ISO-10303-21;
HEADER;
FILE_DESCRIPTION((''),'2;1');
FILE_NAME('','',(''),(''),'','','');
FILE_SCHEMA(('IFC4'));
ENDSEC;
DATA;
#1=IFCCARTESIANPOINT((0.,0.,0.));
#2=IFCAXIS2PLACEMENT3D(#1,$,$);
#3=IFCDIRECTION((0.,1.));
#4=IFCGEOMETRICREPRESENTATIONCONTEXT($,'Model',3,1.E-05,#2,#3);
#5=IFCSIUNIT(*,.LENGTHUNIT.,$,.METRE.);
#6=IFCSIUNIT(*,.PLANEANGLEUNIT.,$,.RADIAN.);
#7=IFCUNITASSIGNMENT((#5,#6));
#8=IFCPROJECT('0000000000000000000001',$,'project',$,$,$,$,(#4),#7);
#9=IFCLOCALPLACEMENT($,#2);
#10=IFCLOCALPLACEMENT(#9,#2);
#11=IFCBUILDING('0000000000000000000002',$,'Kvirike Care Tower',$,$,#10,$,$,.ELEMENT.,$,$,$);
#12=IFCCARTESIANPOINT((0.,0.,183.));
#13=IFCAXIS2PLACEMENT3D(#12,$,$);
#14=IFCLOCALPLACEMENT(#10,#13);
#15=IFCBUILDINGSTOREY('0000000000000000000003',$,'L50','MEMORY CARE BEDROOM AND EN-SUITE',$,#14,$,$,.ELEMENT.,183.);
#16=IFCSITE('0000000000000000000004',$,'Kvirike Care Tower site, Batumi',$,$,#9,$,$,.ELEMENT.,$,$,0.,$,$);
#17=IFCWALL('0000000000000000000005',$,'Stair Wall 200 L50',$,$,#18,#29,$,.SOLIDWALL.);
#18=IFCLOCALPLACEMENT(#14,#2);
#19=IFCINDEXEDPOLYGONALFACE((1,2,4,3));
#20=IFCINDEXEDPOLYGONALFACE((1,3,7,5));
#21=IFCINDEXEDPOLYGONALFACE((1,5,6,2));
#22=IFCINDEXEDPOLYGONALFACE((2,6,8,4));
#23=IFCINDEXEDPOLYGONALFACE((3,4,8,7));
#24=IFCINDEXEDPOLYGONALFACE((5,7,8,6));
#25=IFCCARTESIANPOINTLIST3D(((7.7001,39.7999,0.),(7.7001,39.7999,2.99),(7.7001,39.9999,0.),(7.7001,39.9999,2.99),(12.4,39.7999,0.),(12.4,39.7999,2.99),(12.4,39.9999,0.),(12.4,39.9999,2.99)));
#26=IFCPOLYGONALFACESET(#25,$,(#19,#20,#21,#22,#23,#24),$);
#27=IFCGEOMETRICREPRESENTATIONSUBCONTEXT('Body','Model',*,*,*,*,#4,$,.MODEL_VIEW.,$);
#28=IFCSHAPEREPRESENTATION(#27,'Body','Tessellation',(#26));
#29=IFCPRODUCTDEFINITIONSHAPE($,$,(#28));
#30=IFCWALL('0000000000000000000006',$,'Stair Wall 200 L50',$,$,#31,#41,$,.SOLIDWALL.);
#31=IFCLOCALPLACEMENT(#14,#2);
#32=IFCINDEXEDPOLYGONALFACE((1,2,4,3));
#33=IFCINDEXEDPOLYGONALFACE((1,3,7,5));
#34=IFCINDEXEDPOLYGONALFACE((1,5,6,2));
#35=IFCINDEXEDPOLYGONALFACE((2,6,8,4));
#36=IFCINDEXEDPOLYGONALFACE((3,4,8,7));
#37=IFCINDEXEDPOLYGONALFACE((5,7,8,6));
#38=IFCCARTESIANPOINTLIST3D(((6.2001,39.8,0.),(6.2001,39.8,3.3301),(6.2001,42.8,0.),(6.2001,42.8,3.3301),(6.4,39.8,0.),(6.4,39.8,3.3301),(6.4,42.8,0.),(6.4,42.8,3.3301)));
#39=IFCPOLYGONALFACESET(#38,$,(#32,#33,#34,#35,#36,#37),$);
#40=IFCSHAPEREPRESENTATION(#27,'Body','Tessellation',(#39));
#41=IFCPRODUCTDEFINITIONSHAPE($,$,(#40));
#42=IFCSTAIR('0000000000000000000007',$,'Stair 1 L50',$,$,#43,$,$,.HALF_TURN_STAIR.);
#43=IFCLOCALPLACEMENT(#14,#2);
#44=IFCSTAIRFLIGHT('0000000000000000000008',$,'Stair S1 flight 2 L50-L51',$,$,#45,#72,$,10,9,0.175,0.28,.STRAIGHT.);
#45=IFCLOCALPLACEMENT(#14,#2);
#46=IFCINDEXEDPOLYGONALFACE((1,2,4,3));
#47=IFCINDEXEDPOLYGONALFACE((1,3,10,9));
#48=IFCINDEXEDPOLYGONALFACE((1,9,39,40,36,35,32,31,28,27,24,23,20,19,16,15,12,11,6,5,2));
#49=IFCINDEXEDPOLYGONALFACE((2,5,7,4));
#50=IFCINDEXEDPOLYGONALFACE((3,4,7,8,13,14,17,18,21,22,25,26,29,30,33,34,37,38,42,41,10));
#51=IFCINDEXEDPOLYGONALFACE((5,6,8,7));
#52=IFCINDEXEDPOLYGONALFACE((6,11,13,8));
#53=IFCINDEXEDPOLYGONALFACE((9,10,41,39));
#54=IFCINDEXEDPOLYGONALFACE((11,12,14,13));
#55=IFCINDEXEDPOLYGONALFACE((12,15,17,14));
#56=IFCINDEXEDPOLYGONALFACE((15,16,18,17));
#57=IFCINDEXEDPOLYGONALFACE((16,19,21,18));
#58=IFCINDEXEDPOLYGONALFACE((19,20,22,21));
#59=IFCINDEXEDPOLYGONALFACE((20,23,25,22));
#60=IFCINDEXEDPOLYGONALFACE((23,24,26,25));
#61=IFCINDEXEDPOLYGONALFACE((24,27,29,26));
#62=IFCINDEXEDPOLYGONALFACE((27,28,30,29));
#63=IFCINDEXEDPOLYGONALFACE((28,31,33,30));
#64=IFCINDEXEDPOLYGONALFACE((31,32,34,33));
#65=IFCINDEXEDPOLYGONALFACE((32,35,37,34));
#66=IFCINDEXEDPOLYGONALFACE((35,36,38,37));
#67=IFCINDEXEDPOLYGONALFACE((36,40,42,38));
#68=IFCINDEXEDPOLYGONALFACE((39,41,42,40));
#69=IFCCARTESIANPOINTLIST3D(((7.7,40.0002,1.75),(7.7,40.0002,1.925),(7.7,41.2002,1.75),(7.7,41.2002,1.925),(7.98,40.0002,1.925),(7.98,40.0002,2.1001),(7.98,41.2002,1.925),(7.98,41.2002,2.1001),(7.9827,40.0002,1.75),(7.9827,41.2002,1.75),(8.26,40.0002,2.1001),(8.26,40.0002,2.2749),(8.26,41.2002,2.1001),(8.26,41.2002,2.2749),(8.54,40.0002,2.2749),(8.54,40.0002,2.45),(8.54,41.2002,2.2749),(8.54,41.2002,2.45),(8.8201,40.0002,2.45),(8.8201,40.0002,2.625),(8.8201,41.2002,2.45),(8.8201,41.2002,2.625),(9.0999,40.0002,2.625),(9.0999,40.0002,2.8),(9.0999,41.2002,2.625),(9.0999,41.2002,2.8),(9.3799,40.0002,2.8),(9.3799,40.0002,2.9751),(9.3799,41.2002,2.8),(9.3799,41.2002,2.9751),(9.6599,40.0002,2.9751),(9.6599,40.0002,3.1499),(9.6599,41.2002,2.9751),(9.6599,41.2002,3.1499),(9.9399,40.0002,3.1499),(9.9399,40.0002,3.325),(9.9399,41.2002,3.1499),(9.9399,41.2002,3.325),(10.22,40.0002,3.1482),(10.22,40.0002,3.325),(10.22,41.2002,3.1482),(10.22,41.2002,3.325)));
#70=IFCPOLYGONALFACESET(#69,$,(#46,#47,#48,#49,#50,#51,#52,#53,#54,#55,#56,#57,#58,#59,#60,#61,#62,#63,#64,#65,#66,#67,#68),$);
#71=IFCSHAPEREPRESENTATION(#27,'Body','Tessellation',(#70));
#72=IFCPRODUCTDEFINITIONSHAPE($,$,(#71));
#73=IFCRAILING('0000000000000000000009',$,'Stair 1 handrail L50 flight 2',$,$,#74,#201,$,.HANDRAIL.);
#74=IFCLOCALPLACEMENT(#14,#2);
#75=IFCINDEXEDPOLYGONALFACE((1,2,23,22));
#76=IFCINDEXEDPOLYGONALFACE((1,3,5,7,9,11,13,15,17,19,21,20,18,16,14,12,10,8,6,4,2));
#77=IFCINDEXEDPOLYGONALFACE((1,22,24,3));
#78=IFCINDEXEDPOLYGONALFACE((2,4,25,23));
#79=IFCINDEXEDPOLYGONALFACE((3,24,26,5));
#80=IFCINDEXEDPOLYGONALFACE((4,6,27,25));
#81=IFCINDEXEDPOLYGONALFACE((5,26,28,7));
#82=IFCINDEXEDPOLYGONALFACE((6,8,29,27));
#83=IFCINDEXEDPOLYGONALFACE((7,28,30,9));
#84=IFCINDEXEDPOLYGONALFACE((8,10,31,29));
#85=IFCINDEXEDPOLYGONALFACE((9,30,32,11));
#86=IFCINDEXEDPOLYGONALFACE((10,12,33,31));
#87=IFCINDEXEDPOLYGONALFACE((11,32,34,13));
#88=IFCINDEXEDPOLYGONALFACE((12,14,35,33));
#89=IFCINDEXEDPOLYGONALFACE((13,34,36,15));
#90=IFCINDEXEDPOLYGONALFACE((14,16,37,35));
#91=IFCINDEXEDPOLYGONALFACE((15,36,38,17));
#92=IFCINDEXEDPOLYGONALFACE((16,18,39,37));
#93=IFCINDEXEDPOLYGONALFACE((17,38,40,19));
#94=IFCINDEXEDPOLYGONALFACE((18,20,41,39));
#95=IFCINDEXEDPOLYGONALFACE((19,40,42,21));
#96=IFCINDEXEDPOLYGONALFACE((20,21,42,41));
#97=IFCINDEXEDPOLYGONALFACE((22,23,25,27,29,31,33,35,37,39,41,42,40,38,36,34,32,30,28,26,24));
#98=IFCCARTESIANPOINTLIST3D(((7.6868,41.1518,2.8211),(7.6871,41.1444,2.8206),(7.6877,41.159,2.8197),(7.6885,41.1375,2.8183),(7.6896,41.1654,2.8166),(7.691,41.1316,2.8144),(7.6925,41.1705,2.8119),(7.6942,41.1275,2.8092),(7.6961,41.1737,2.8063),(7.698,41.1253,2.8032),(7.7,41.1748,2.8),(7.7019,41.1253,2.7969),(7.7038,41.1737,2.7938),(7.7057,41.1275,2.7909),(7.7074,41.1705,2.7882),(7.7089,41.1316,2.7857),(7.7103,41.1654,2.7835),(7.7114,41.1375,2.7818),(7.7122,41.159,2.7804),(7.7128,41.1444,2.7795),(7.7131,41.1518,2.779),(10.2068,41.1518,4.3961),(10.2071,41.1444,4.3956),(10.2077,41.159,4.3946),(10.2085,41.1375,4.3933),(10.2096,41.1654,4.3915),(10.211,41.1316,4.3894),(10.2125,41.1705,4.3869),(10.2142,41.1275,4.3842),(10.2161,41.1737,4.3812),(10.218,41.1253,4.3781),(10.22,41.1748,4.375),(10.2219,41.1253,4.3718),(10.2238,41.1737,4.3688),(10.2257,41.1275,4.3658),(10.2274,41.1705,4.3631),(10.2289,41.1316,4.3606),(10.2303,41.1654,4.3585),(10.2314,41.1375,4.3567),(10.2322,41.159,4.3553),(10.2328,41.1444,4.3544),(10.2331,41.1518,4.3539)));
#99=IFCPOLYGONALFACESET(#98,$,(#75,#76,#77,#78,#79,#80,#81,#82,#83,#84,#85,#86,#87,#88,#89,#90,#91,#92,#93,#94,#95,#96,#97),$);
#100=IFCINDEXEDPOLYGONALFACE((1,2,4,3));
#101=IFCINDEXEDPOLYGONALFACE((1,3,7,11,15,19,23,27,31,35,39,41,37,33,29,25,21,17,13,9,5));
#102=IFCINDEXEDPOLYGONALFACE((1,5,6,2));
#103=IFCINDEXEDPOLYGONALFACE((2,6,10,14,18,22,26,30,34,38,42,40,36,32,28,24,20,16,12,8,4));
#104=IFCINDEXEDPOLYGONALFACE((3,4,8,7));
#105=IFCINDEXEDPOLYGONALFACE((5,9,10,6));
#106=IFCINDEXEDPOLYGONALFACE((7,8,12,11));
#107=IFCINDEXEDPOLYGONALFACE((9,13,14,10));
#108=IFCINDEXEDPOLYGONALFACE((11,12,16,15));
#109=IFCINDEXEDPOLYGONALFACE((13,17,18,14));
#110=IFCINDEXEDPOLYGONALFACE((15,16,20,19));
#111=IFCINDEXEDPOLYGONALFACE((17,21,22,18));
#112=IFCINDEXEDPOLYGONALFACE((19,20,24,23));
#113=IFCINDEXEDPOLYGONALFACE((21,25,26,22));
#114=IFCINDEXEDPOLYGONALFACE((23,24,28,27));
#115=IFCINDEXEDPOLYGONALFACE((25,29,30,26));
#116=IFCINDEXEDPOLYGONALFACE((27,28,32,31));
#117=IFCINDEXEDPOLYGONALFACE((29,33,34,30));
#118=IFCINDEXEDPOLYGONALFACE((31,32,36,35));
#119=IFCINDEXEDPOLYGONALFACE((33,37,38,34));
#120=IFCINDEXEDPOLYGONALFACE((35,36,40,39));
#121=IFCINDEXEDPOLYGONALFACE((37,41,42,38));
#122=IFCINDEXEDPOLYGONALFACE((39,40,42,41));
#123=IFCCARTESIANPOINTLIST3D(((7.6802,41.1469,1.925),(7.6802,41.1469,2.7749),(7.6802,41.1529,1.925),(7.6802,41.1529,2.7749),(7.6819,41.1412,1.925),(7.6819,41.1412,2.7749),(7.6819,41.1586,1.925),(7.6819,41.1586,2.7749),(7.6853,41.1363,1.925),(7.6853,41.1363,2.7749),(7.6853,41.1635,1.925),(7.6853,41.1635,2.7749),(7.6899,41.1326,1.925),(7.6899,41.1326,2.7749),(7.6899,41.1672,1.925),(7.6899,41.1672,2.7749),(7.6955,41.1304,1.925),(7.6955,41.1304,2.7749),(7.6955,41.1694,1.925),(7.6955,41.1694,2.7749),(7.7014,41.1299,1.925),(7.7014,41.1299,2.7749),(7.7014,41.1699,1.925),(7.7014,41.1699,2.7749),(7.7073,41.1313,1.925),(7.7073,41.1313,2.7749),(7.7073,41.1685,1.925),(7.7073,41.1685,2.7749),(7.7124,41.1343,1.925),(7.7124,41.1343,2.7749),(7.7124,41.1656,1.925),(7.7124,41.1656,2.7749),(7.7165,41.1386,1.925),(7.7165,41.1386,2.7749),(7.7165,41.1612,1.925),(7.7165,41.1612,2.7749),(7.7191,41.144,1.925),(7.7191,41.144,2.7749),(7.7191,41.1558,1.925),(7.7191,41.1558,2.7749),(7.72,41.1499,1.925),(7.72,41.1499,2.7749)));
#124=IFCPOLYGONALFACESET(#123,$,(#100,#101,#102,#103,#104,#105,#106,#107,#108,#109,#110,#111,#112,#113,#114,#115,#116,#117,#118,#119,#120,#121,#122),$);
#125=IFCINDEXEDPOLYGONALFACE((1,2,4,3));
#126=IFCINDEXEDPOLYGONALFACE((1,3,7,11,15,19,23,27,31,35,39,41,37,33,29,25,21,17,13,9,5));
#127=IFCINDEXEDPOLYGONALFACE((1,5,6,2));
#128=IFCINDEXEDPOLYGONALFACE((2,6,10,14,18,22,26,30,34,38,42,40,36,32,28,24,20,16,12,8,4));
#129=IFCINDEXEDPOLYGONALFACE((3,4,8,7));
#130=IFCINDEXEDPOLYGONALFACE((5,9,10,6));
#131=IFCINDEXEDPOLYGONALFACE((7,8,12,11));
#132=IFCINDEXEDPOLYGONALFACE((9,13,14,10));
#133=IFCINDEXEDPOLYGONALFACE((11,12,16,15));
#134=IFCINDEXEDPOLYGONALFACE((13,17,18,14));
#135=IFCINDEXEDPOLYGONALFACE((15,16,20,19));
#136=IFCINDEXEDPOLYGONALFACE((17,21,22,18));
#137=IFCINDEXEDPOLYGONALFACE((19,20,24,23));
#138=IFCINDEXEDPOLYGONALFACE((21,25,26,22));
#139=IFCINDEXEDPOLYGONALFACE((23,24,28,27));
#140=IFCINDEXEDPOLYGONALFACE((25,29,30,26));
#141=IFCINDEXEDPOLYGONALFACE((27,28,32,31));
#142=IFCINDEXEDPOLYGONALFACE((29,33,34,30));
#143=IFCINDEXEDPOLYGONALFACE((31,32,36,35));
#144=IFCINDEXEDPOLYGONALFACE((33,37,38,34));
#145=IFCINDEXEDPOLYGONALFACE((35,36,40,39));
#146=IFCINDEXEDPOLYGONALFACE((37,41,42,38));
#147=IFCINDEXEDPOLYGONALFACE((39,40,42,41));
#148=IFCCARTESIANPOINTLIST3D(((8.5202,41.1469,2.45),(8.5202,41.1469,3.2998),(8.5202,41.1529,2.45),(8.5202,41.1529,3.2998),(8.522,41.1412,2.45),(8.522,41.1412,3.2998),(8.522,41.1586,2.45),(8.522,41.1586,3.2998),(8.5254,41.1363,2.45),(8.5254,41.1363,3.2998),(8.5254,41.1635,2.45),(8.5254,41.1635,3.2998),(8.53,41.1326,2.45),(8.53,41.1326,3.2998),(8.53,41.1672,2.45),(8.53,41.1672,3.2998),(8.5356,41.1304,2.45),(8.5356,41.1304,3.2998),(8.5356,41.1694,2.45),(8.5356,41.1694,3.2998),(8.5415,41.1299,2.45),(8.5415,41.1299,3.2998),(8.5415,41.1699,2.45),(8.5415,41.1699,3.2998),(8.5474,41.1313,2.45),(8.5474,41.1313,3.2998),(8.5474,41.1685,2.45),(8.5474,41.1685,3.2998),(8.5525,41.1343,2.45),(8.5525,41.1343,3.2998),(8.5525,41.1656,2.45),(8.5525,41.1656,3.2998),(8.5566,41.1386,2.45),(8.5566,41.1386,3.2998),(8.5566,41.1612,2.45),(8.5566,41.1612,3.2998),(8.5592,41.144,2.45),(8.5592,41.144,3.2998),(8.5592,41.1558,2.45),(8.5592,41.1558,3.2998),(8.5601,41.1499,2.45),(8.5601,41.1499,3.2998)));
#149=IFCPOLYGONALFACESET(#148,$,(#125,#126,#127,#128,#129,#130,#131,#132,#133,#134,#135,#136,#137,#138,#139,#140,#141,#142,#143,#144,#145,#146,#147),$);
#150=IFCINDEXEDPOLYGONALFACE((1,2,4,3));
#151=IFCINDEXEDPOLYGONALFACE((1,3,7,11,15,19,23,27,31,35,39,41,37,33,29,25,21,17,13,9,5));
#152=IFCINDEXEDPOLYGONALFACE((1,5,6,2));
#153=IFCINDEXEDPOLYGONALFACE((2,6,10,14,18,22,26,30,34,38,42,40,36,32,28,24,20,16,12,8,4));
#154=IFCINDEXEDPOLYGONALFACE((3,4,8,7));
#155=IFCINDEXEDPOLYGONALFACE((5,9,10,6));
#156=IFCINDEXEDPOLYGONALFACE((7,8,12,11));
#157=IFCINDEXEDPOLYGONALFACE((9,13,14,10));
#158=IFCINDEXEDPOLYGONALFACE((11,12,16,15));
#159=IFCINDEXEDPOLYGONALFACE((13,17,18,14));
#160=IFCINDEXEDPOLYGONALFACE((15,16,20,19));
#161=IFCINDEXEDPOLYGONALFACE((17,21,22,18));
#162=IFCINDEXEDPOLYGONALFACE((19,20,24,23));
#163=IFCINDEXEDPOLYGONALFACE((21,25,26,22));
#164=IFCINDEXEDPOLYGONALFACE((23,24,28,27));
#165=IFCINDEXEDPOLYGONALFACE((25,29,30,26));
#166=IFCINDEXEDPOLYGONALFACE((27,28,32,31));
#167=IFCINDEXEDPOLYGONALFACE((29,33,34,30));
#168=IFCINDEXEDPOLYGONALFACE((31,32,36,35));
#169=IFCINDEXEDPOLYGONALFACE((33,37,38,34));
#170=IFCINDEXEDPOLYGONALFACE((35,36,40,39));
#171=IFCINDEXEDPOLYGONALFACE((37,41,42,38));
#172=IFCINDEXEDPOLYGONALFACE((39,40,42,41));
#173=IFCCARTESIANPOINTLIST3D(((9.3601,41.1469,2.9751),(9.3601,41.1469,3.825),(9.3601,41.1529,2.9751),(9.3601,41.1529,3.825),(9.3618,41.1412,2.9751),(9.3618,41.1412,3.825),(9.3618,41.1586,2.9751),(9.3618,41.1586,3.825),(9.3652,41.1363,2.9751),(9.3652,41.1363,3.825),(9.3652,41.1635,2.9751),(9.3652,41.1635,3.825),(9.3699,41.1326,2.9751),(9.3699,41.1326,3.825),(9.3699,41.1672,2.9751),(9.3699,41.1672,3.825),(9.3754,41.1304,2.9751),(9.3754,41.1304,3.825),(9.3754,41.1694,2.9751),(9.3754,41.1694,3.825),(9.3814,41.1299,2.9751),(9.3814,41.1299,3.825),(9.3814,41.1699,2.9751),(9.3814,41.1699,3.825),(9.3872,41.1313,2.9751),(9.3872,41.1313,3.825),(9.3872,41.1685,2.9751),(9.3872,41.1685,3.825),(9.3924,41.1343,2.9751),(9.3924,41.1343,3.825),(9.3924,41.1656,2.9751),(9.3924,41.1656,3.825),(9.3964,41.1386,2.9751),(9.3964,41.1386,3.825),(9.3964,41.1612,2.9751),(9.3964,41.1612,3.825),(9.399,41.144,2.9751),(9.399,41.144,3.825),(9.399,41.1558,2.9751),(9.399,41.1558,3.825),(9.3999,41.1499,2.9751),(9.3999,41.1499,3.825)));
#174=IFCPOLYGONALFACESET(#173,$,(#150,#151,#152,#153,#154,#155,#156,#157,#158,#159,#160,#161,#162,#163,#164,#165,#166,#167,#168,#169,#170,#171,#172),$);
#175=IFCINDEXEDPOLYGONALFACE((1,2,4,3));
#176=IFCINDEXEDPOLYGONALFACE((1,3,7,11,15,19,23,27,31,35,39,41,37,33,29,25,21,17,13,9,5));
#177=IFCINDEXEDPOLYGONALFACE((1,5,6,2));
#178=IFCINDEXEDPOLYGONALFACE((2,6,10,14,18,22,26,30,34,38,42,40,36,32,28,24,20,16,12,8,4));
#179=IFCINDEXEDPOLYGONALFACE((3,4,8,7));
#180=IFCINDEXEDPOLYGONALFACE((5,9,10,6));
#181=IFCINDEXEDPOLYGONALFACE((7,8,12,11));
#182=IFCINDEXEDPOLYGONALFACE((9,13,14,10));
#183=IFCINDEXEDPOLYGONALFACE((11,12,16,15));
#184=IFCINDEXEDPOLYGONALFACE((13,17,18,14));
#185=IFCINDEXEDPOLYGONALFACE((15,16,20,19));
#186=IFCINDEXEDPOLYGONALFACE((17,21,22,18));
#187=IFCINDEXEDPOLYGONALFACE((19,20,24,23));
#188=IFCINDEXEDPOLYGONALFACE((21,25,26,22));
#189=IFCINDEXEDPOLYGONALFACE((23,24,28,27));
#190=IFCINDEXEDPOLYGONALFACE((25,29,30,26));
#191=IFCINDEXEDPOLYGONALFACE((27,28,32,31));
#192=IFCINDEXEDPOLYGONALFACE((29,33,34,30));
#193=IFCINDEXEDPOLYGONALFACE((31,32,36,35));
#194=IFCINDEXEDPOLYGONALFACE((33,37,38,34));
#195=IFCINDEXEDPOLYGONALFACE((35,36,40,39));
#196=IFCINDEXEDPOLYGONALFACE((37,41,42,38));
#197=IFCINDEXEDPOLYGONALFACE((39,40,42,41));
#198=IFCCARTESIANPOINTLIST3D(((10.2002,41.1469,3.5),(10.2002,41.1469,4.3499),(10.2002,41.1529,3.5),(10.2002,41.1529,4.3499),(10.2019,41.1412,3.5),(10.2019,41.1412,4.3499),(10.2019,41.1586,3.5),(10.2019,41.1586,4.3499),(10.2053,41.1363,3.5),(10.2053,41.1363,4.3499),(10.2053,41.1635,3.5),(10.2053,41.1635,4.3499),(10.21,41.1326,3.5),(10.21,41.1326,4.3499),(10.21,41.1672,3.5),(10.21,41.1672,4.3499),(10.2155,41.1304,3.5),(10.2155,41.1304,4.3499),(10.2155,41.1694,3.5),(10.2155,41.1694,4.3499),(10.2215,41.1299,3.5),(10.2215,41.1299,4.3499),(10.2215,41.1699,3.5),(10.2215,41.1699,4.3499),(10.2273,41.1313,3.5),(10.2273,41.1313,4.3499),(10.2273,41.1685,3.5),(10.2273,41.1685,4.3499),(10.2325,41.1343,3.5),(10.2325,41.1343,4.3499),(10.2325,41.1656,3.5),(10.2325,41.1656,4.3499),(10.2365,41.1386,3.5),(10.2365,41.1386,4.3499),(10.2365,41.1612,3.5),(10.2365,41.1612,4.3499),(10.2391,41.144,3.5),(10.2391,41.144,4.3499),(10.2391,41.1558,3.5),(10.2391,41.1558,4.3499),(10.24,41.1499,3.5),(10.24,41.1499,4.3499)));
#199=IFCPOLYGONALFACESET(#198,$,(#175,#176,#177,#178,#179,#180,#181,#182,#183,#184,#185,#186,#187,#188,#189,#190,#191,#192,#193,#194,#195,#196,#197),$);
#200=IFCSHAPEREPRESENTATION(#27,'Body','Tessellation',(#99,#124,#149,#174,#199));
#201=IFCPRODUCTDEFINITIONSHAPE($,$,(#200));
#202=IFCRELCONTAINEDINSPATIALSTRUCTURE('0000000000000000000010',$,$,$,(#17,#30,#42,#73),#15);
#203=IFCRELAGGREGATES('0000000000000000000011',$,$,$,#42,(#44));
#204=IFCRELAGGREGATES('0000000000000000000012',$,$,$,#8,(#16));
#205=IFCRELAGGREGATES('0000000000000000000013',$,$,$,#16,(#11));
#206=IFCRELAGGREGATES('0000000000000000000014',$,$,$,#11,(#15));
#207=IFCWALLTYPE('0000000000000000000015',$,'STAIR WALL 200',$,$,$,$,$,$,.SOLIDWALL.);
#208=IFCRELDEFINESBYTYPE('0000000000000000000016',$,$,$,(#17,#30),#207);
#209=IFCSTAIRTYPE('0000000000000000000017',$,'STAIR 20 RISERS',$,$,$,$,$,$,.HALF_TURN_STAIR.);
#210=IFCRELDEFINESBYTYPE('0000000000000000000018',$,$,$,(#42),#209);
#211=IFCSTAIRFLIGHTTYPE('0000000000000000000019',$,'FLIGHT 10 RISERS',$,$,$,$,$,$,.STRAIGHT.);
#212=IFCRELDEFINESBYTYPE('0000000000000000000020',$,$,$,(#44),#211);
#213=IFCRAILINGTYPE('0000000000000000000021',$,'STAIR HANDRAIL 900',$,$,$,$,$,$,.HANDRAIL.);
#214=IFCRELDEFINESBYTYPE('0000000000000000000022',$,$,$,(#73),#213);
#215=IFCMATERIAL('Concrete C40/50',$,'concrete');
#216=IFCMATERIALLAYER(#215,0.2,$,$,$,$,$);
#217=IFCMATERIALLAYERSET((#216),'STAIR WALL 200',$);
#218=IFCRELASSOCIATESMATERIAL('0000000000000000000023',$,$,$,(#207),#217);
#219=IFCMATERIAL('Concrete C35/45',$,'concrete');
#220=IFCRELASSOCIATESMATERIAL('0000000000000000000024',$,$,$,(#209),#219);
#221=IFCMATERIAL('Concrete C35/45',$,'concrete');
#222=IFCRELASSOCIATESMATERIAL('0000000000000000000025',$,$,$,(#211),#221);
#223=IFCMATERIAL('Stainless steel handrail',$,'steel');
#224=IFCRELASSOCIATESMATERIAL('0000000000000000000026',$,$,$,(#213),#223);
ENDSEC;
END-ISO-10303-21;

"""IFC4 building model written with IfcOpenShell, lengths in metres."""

from ifc_helpers import new_model, si_unit, direction, frame, frame_2d, origin, origin_2d, place, context, subcontext, project, spatial, polyline, rectangle, circle, outline, extrude, material, layer, layer_set, type_object, element, aggregate, save


model = new_model("IFC4")

# Units and contexts
model_context = context("Model", 3, precision=1e-05, world=origin(), true_north=direction((0.0, 1.0)))
body_context = subcontext(model_context, "Body", "Model", "MODEL_VIEW")
ifc_project = project(units=[si_unit("LENGTHUNIT", "METRE"), si_unit("PLANEANGLEUNIT", "RADIAN")], contexts=[model_context])

# Site, building, storey
site_placement = place(None, origin())
site = spatial("IfcSite", under=ifc_project, at=site_placement, Name="Kvirike Care Tower site, Batumi", CompositionType="ELEMENT", RefElevation=0.0)
building_placement = place(site_placement, origin())
building = spatial("IfcBuilding", under=site, at=building_placement, Name="Kvirike Care Tower", CompositionType="ELEMENT")
storey_placement = place(building_placement, frame((0.0, 0.0, 183.0)))
storey = spatial("IfcBuildingStorey", under=building, at=storey_placement, Name="L50", Description="MEMORY CARE BEDROOM AND EN-SUITE", CompositionType="ELEMENT", Elevation=183.0)

# Walls
ifc_material_1 = material(Name="Concrete C40/50", Category="concrete")
ifc_layer = layer(ifc_material_1, 0.2)
ifc_layer_set = layer_set([ifc_layer], Name="STAIR WALL 200")
wall_type = type_object("IfcWallType", Name="STAIR WALL 200", PredefinedType="SOLIDWALL", material=ifc_layer_set)
wall_1_placement = place(storey_placement, frame((7.7, 39.8999, 0.0), z_axis=(0.0, 0.0, 1.0), x_axis=(1.0, 0.0, 0.0)))
element("IfcWall", 1, at=wall_1_placement, inside=storey, type_object=wall_type, Name="Stair Wall 200 L50", PredefinedType="SOLIDWALL", context=body_context, shape_type="SweptSolid", body=[
    extrude(rectangle(XDim=4.7, YDim=0.2, at=frame_2d((2.3501, 0.0))), origin(), (0.0, 0.0, 1.0), 2.99),
])
wall_2_placement = place(storey_placement, frame((6.3, 42.8, 0.0), z_axis=(0.0, 0.0, 1.0), x_axis=(0.0, -1.0, 0.0)))
element("IfcWall", 2, at=wall_2_placement, inside=storey, type_object=wall_type, Name="Stair Wall 200 L50", PredefinedType="SOLIDWALL", context=body_context, shape_type="SweptSolid", body=[
    extrude(rectangle(XDim=3.0, YDim=0.2, at=frame_2d((1.5, 0.0))), origin(), (0.0, 0.0, 1.0), 3.3301),
])

# Stair, stair flight
ifc_material_2 = material(Name="Concrete C35/45", Category="concrete")
stair_type = type_object("IfcStairType", Name="STAIR 20 RISERS", PredefinedType="HALF_TURN_STAIR", material=ifc_material_2)
stair_placement = place(storey_placement, origin())
stair = element("IfcStair", 3, at=stair_placement, inside=storey, type_object=stair_type, Name="Stair 1 L50", PredefinedType="HALF_TURN_STAIR")
ifc_material_3 = material(Name="Concrete C35/45", Category="concrete")
stair_flight_type = type_object("IfcStairFlightType", Name="FLIGHT 10 RISERS", PredefinedType="STRAIGHT", material=ifc_material_3)
stair_flight_placement = place(storey_placement, frame((7.7, 40.6001, 1.75), z_axis=(0.0, 0.0, 1.0), x_axis=(1.0, 0.0, 0.0)))
stair_flight = element("IfcStairFlight", 4, at=stair_flight_placement, type_object=stair_flight_type, Name="Stair S1 flight 2 L50-L51", NumberOfRisers=10, NumberOfTreads=9, PredefinedType="STRAIGHT", RiserHeight=0.175, TreadLength=0.28, context=body_context, shape_type="SweptSolid", body=[
    extrude(outline(polyline([(0.0, 0.0), (0.0, 0.175), (0.28, 0.175), (0.28, 0.3501), (0.5601, 0.3501), (0.5601, 0.5249), (0.8401, 0.5249), (0.8401, 0.7), (1.1201, 0.7), (1.1201, 0.875), (1.3999, 0.875), (1.3999, 1.05), (1.6799, 1.05), (1.6799, 1.2251), (1.96, 1.2251), (1.96, 1.3999), (2.24, 1.3999), (2.24, 1.575), (2.52, 1.575), (2.52, 1.75), (2.52, 1.3982), (0.2827, 0.0), (0.0, 0.0)])), frame((0.0, 0.6001, 0.0), z_axis=(0.0, -1.0, 0.0), x_axis=(1.0, 0.0, 0.0)), (0.0, 0.0, 1.0), 1.2),
])
aggregate(stair, [stair_flight])

# Railing
ifc_material_4 = material(Name="Stainless steel handrail", Category="steel")
railing_type = type_object("IfcRailingType", Name="STAIR HANDRAIL 900", PredefinedType="HANDRAIL", material=ifc_material_4)
railing_placement = place(storey_placement, frame((7.7, 41.1499, 1.925)))
element("IfcRailing", 5, at=railing_placement, inside=storey, type_object=railing_type, Name="Stair 1 handrail L50 flight 2", PredefinedType="HANDRAIL", context=body_context, shape_type="SweptSolid", body=[
    extrude(circle(Radius=0.0249, at=origin_2d()), frame((0.0, 0.0, 0.875), z_axis=(0.848008, 0.0, 0.529984), x_axis=(0.0, 1.0, 0.0)), (0.0, 0.0, 1.0), 2.9717),
    extrude(circle(Radius=0.02, at=origin_2d()), origin(), (0.0, 0.0, 1.0), 0.8499),
    extrude(circle(Radius=0.02, at=origin_2d()), frame((0.8401, 0.0, 0.5249)), (0.0, 0.0, 1.0), 0.8499),
    extrude(circle(Radius=0.02, at=origin_2d()), frame((1.6799, 0.0, 1.05)), (0.0, 0.0, 1.0), 0.8499),
    extrude(circle(Radius=0.02, at=origin_2d()), frame((2.52, 0.0, 1.575)), (0.0, 0.0, 1.0), 0.8499),
])

save(model, "model.ifc")
